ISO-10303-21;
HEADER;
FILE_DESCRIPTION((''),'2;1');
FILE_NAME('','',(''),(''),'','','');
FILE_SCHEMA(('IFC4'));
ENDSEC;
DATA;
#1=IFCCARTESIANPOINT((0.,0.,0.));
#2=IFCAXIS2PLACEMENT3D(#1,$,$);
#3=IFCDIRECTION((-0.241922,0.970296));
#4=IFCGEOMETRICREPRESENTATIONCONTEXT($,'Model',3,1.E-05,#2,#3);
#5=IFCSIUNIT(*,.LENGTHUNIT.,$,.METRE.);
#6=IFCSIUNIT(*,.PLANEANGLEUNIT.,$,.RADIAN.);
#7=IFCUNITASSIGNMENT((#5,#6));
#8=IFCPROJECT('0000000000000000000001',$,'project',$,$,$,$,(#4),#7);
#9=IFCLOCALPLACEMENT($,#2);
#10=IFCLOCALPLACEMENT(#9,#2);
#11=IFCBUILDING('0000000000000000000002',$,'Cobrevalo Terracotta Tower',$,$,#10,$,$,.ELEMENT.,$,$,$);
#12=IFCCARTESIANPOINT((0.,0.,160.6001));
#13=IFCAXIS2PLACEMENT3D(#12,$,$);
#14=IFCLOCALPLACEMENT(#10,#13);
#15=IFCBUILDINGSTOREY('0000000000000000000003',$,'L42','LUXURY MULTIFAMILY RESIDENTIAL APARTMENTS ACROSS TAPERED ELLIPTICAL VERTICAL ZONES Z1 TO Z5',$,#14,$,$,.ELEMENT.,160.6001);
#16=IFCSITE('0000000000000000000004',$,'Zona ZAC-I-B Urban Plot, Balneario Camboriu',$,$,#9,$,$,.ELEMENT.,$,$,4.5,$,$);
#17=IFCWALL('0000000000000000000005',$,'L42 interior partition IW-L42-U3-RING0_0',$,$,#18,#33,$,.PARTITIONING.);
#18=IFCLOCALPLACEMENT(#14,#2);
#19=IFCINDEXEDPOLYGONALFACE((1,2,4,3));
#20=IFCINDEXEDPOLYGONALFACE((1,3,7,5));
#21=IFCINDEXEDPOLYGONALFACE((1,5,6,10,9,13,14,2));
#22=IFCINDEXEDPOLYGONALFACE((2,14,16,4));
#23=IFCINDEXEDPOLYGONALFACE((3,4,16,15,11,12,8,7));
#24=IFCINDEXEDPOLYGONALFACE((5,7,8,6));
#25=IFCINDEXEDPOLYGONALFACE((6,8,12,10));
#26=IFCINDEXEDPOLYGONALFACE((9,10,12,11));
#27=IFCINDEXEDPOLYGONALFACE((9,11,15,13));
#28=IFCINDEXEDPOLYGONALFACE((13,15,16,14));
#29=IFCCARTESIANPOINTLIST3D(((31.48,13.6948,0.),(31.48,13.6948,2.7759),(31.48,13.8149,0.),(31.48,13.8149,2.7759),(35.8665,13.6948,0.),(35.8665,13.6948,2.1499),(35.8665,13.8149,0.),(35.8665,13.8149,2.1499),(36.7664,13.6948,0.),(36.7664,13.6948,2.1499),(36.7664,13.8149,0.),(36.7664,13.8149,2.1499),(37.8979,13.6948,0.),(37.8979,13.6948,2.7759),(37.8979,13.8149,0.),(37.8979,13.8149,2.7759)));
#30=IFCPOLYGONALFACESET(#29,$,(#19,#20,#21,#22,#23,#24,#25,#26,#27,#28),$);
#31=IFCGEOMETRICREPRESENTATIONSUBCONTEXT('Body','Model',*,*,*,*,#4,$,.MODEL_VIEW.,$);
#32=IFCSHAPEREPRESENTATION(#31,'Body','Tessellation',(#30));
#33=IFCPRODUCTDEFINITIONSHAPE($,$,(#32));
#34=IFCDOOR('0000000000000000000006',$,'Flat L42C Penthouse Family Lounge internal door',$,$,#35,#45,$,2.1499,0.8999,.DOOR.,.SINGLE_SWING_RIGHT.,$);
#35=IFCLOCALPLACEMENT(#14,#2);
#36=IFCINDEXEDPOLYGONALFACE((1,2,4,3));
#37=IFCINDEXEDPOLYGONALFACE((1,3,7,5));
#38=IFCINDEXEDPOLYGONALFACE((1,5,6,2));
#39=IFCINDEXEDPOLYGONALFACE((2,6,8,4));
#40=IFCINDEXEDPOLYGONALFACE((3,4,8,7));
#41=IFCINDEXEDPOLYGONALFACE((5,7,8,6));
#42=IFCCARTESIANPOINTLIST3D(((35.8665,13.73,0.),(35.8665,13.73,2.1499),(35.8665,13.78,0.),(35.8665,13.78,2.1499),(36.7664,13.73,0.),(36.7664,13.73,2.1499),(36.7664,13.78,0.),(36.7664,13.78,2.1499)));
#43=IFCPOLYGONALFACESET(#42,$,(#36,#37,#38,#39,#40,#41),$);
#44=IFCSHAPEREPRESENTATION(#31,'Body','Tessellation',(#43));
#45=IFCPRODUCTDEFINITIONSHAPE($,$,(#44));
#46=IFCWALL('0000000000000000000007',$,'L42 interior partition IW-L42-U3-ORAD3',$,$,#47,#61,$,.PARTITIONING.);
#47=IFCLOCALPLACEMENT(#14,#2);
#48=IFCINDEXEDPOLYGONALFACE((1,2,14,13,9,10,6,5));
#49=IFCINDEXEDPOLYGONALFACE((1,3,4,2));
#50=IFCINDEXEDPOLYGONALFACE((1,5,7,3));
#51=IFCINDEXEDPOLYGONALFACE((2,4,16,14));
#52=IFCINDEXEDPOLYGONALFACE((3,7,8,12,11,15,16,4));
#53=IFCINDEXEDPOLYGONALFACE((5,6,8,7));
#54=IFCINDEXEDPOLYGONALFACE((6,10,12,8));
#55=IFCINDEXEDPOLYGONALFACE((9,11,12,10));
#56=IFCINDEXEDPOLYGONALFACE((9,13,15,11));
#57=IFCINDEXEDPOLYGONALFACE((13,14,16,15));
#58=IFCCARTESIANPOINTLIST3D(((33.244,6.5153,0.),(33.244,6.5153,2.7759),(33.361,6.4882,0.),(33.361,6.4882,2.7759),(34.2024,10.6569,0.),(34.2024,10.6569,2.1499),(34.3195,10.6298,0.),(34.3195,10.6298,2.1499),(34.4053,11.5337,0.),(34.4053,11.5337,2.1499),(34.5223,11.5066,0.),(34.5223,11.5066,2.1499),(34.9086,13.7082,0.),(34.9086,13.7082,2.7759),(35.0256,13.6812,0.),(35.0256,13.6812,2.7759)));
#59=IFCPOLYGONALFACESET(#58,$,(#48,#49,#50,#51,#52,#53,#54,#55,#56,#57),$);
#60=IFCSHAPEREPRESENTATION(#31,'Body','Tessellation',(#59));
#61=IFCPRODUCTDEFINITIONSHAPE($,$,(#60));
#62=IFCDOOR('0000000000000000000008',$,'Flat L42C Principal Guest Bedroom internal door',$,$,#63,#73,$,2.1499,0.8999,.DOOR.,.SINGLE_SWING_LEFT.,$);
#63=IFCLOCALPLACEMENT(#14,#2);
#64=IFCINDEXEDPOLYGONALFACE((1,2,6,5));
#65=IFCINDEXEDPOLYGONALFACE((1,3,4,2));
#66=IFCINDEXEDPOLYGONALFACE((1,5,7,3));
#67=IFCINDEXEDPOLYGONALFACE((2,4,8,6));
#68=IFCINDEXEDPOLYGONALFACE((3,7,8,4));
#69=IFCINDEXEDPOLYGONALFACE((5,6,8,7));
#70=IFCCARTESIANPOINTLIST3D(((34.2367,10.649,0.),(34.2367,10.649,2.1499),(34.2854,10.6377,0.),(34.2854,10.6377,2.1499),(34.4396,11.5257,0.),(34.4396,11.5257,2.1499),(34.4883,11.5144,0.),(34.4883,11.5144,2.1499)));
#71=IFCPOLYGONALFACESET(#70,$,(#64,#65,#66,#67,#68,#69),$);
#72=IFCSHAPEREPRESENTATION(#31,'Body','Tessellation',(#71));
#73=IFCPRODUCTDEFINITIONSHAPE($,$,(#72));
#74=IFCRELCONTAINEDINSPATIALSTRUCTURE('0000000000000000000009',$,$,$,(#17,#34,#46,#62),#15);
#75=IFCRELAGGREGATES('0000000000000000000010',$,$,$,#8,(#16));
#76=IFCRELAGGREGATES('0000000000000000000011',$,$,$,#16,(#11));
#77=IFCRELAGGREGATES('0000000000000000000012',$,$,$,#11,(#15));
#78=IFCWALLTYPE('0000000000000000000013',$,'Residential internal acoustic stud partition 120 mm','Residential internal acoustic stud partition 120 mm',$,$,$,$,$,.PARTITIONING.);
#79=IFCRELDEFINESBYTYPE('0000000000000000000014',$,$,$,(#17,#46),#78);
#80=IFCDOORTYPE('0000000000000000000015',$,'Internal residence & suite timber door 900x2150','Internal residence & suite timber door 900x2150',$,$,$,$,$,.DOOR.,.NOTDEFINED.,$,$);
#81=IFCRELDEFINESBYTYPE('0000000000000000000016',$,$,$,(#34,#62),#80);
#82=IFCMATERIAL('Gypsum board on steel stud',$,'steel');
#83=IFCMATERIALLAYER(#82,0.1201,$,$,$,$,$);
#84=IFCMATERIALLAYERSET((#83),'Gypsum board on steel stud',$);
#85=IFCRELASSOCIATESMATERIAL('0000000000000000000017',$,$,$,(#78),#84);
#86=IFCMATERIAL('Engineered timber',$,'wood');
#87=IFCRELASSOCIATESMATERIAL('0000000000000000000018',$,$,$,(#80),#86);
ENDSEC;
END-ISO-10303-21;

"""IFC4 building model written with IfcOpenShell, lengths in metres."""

from ifc_helpers import new_model, si_unit, direction, frame, frame_2d, origin, place, context, subcontext, project, spatial, rectangle, extrude, source, transform, mapped, material, layer, layer_set, type_object, element, fill, save


model = new_model("IFC4")

# Units and contexts
model_context = context("Model", 3, precision=1e-05, world=origin(), true_north=direction((-0.241922, 0.970296)))
body_context = subcontext(model_context, "Body", "Model", "MODEL_VIEW")
ifc_project = project(units=[si_unit("LENGTHUNIT", "METRE"), si_unit("PLANEANGLEUNIT", "RADIAN")], contexts=[model_context])

# Site, building, storey
site_placement = place(None, origin())
site = spatial("IfcSite", under=ifc_project, at=site_placement, Name="Zona ZAC-I-B Urban Plot, Balneario Camboriu", CompositionType="ELEMENT", RefElevation=4.5)
building_placement = place(site_placement, origin())
building = spatial("IfcBuilding", under=site, at=building_placement, Name="Cobrevalo Terracotta Tower", CompositionType="ELEMENT")
storey_placement = place(building_placement, frame((0.0, 0.0, 160.6001)))
storey = spatial("IfcBuildingStorey", under=building, at=storey_placement, Name="L42", Description="LUXURY MULTIFAMILY RESIDENTIAL APARTMENTS ACROSS TAPERED ELLIPTICAL VERTICAL ZONES Z1 TO Z5", CompositionType="ELEMENT", Elevation=160.6001)

# Walls, openings, doors
ifc_material_1 = material(Name="Gypsum board on steel stud", Category="steel")
ifc_layer_1 = layer(ifc_material_1, 0.1201)
ifc_layer_set_1 = layer_set([ifc_layer_1], Name="Gypsum board on steel stud")
wall_type_1 = type_object("IfcWallType", Name="Residential internal acoustic stud partition 120 mm", Description="Residential internal acoustic stud partition 120 mm", PredefinedType="PARTITIONING", material=ifc_layer_set_1)
wall_1_placement = place(storey_placement, frame((37.8979, 13.7549, 0.0), z_axis=(0.0, 0.0, 1.0), x_axis=(-1.0, 0.0, 0.0)))
wall_1 = element("IfcWall", 1, at=wall_1_placement, inside=storey, type_object=wall_type_1, Name="L42 interior partition IW-L42-U3-RING0_0", PredefinedType="PARTITIONING", context=body_context, shape_type="SweptSolid", body=[
    extrude(rectangle(XDim=6.418, YDim=0.1201, at=frame_2d((3.209, 0.0))), origin(), (0.0, 0.0, 1.0), 2.7759),
])
opening_1_placement = place(wall_1_placement, frame((1.1316, 0.0, 0.0)))
opening_1 = element("IfcOpeningElement", 2, at=opening_1_placement, cuts=wall_1, PredefinedType="OPENING", context=body_context, shape_type="SweptSolid", body=[
    extrude(rectangle(XDim=0.8999, YDim=2.1499, at=frame_2d((0.45, 1.075))), frame((0.0, 0.0701, 0.0), z_axis=(0.0, -1.0, 0.0), x_axis=(1.0, 0.0, 0.0)), (0.0, 0.0, 1.0), 0.1401),
])
ifc_material_2 = material(Name="Engineered timber", Category="wood")
door_type_1 = type_object("IfcDoorType", Name="Internal residence & suite timber door 900x2150", Description="Internal residence & suite timber door 900x2150", OperationType="NOTDEFINED", PredefinedType="DOOR", material=ifc_material_2)
shared_shape_1 = source(origin(), body_context, "Body", "SweptSolid", [
    extrude(rectangle(XDim=0.8999, YDim=2.1499, at=frame_2d((0.45, 1.075))), frame((0.0, 0.0249, 0.0), z_axis=(0.0, -1.0, 0.0), x_axis=(1.0, 0.0, 0.0)), (0.0, 0.0, 1.0), 0.05),
])
door_1_placement = place(opening_1_placement, origin())
door_1 = element("IfcDoor", 3, at=door_1_placement, inside=storey, type_object=door_type_1, Name="Flat L42C Penthouse Family Lounge internal door", OperationType="SINGLE_SWING_RIGHT", OverallHeight=2.1499, OverallWidth=0.8999, PredefinedType="DOOR", context=body_context, shape_type="MappedRepresentation", body=[
    mapped(shared_shape_1, transform((0.0, 0.0, 0.0), scale=1.0)),
])
fill(opening_1, door_1)
wall_2_placement = place(storey_placement, frame((34.967, 13.6946, 0.0), z_axis=(0.0, 0.0, 1.0), x_axis=(-0.225458, -0.974253, 0.0)))
wall_2 = element("IfcWall", 4, at=wall_2_placement, inside=storey, type_object=wall_type_1, Name="L42 interior partition IW-L42-U3-ORAD3", PredefinedType="PARTITIONING", context=body_context, shape_type="SweptSolid", body=[
    extrude(rectangle(XDim=7.3831, YDim=0.1201, at=frame_2d((3.6914, 0.0))), origin(), (0.0, 0.0, 1.0), 2.7759),
])
opening_2_placement = place(wall_2_placement, frame((2.2319, 0.0, 0.0)))
opening_2 = element("IfcOpeningElement", 5, at=opening_2_placement, cuts=wall_2, PredefinedType="OPENING", context=body_context, shape_type="SweptSolid", body=[
    extrude(rectangle(XDim=0.8999, YDim=2.1499, at=frame_2d((0.45, 1.075))), frame((0.0, 0.0701, 0.0), z_axis=(0.0, -1.0, 0.0), x_axis=(1.0, 0.0, 0.0)), (0.0, 0.0, 1.0), 0.1401),
])
door_2_placement = place(opening_2_placement, frame((0.8999, 0.0, 0.0), z_axis=(0.0, 0.0, 1.0), x_axis=(-1.0, 0.0, 0.0)))
door_2 = element("IfcDoor", 6, at=door_2_placement, inside=storey, type_object=door_type_1, Name="Flat L42C Principal Guest Bedroom internal door", OperationType="SINGLE_SWING_LEFT", OverallHeight=2.1499, OverallWidth=0.8999, PredefinedType="DOOR", context=body_context, shape_type="MappedRepresentation", body=[
    mapped(shared_shape_1, transform((0.0, 0.0, 0.0), scale=1.0)),
])
fill(opening_2, door_2)

save(model, "model.ifc")
